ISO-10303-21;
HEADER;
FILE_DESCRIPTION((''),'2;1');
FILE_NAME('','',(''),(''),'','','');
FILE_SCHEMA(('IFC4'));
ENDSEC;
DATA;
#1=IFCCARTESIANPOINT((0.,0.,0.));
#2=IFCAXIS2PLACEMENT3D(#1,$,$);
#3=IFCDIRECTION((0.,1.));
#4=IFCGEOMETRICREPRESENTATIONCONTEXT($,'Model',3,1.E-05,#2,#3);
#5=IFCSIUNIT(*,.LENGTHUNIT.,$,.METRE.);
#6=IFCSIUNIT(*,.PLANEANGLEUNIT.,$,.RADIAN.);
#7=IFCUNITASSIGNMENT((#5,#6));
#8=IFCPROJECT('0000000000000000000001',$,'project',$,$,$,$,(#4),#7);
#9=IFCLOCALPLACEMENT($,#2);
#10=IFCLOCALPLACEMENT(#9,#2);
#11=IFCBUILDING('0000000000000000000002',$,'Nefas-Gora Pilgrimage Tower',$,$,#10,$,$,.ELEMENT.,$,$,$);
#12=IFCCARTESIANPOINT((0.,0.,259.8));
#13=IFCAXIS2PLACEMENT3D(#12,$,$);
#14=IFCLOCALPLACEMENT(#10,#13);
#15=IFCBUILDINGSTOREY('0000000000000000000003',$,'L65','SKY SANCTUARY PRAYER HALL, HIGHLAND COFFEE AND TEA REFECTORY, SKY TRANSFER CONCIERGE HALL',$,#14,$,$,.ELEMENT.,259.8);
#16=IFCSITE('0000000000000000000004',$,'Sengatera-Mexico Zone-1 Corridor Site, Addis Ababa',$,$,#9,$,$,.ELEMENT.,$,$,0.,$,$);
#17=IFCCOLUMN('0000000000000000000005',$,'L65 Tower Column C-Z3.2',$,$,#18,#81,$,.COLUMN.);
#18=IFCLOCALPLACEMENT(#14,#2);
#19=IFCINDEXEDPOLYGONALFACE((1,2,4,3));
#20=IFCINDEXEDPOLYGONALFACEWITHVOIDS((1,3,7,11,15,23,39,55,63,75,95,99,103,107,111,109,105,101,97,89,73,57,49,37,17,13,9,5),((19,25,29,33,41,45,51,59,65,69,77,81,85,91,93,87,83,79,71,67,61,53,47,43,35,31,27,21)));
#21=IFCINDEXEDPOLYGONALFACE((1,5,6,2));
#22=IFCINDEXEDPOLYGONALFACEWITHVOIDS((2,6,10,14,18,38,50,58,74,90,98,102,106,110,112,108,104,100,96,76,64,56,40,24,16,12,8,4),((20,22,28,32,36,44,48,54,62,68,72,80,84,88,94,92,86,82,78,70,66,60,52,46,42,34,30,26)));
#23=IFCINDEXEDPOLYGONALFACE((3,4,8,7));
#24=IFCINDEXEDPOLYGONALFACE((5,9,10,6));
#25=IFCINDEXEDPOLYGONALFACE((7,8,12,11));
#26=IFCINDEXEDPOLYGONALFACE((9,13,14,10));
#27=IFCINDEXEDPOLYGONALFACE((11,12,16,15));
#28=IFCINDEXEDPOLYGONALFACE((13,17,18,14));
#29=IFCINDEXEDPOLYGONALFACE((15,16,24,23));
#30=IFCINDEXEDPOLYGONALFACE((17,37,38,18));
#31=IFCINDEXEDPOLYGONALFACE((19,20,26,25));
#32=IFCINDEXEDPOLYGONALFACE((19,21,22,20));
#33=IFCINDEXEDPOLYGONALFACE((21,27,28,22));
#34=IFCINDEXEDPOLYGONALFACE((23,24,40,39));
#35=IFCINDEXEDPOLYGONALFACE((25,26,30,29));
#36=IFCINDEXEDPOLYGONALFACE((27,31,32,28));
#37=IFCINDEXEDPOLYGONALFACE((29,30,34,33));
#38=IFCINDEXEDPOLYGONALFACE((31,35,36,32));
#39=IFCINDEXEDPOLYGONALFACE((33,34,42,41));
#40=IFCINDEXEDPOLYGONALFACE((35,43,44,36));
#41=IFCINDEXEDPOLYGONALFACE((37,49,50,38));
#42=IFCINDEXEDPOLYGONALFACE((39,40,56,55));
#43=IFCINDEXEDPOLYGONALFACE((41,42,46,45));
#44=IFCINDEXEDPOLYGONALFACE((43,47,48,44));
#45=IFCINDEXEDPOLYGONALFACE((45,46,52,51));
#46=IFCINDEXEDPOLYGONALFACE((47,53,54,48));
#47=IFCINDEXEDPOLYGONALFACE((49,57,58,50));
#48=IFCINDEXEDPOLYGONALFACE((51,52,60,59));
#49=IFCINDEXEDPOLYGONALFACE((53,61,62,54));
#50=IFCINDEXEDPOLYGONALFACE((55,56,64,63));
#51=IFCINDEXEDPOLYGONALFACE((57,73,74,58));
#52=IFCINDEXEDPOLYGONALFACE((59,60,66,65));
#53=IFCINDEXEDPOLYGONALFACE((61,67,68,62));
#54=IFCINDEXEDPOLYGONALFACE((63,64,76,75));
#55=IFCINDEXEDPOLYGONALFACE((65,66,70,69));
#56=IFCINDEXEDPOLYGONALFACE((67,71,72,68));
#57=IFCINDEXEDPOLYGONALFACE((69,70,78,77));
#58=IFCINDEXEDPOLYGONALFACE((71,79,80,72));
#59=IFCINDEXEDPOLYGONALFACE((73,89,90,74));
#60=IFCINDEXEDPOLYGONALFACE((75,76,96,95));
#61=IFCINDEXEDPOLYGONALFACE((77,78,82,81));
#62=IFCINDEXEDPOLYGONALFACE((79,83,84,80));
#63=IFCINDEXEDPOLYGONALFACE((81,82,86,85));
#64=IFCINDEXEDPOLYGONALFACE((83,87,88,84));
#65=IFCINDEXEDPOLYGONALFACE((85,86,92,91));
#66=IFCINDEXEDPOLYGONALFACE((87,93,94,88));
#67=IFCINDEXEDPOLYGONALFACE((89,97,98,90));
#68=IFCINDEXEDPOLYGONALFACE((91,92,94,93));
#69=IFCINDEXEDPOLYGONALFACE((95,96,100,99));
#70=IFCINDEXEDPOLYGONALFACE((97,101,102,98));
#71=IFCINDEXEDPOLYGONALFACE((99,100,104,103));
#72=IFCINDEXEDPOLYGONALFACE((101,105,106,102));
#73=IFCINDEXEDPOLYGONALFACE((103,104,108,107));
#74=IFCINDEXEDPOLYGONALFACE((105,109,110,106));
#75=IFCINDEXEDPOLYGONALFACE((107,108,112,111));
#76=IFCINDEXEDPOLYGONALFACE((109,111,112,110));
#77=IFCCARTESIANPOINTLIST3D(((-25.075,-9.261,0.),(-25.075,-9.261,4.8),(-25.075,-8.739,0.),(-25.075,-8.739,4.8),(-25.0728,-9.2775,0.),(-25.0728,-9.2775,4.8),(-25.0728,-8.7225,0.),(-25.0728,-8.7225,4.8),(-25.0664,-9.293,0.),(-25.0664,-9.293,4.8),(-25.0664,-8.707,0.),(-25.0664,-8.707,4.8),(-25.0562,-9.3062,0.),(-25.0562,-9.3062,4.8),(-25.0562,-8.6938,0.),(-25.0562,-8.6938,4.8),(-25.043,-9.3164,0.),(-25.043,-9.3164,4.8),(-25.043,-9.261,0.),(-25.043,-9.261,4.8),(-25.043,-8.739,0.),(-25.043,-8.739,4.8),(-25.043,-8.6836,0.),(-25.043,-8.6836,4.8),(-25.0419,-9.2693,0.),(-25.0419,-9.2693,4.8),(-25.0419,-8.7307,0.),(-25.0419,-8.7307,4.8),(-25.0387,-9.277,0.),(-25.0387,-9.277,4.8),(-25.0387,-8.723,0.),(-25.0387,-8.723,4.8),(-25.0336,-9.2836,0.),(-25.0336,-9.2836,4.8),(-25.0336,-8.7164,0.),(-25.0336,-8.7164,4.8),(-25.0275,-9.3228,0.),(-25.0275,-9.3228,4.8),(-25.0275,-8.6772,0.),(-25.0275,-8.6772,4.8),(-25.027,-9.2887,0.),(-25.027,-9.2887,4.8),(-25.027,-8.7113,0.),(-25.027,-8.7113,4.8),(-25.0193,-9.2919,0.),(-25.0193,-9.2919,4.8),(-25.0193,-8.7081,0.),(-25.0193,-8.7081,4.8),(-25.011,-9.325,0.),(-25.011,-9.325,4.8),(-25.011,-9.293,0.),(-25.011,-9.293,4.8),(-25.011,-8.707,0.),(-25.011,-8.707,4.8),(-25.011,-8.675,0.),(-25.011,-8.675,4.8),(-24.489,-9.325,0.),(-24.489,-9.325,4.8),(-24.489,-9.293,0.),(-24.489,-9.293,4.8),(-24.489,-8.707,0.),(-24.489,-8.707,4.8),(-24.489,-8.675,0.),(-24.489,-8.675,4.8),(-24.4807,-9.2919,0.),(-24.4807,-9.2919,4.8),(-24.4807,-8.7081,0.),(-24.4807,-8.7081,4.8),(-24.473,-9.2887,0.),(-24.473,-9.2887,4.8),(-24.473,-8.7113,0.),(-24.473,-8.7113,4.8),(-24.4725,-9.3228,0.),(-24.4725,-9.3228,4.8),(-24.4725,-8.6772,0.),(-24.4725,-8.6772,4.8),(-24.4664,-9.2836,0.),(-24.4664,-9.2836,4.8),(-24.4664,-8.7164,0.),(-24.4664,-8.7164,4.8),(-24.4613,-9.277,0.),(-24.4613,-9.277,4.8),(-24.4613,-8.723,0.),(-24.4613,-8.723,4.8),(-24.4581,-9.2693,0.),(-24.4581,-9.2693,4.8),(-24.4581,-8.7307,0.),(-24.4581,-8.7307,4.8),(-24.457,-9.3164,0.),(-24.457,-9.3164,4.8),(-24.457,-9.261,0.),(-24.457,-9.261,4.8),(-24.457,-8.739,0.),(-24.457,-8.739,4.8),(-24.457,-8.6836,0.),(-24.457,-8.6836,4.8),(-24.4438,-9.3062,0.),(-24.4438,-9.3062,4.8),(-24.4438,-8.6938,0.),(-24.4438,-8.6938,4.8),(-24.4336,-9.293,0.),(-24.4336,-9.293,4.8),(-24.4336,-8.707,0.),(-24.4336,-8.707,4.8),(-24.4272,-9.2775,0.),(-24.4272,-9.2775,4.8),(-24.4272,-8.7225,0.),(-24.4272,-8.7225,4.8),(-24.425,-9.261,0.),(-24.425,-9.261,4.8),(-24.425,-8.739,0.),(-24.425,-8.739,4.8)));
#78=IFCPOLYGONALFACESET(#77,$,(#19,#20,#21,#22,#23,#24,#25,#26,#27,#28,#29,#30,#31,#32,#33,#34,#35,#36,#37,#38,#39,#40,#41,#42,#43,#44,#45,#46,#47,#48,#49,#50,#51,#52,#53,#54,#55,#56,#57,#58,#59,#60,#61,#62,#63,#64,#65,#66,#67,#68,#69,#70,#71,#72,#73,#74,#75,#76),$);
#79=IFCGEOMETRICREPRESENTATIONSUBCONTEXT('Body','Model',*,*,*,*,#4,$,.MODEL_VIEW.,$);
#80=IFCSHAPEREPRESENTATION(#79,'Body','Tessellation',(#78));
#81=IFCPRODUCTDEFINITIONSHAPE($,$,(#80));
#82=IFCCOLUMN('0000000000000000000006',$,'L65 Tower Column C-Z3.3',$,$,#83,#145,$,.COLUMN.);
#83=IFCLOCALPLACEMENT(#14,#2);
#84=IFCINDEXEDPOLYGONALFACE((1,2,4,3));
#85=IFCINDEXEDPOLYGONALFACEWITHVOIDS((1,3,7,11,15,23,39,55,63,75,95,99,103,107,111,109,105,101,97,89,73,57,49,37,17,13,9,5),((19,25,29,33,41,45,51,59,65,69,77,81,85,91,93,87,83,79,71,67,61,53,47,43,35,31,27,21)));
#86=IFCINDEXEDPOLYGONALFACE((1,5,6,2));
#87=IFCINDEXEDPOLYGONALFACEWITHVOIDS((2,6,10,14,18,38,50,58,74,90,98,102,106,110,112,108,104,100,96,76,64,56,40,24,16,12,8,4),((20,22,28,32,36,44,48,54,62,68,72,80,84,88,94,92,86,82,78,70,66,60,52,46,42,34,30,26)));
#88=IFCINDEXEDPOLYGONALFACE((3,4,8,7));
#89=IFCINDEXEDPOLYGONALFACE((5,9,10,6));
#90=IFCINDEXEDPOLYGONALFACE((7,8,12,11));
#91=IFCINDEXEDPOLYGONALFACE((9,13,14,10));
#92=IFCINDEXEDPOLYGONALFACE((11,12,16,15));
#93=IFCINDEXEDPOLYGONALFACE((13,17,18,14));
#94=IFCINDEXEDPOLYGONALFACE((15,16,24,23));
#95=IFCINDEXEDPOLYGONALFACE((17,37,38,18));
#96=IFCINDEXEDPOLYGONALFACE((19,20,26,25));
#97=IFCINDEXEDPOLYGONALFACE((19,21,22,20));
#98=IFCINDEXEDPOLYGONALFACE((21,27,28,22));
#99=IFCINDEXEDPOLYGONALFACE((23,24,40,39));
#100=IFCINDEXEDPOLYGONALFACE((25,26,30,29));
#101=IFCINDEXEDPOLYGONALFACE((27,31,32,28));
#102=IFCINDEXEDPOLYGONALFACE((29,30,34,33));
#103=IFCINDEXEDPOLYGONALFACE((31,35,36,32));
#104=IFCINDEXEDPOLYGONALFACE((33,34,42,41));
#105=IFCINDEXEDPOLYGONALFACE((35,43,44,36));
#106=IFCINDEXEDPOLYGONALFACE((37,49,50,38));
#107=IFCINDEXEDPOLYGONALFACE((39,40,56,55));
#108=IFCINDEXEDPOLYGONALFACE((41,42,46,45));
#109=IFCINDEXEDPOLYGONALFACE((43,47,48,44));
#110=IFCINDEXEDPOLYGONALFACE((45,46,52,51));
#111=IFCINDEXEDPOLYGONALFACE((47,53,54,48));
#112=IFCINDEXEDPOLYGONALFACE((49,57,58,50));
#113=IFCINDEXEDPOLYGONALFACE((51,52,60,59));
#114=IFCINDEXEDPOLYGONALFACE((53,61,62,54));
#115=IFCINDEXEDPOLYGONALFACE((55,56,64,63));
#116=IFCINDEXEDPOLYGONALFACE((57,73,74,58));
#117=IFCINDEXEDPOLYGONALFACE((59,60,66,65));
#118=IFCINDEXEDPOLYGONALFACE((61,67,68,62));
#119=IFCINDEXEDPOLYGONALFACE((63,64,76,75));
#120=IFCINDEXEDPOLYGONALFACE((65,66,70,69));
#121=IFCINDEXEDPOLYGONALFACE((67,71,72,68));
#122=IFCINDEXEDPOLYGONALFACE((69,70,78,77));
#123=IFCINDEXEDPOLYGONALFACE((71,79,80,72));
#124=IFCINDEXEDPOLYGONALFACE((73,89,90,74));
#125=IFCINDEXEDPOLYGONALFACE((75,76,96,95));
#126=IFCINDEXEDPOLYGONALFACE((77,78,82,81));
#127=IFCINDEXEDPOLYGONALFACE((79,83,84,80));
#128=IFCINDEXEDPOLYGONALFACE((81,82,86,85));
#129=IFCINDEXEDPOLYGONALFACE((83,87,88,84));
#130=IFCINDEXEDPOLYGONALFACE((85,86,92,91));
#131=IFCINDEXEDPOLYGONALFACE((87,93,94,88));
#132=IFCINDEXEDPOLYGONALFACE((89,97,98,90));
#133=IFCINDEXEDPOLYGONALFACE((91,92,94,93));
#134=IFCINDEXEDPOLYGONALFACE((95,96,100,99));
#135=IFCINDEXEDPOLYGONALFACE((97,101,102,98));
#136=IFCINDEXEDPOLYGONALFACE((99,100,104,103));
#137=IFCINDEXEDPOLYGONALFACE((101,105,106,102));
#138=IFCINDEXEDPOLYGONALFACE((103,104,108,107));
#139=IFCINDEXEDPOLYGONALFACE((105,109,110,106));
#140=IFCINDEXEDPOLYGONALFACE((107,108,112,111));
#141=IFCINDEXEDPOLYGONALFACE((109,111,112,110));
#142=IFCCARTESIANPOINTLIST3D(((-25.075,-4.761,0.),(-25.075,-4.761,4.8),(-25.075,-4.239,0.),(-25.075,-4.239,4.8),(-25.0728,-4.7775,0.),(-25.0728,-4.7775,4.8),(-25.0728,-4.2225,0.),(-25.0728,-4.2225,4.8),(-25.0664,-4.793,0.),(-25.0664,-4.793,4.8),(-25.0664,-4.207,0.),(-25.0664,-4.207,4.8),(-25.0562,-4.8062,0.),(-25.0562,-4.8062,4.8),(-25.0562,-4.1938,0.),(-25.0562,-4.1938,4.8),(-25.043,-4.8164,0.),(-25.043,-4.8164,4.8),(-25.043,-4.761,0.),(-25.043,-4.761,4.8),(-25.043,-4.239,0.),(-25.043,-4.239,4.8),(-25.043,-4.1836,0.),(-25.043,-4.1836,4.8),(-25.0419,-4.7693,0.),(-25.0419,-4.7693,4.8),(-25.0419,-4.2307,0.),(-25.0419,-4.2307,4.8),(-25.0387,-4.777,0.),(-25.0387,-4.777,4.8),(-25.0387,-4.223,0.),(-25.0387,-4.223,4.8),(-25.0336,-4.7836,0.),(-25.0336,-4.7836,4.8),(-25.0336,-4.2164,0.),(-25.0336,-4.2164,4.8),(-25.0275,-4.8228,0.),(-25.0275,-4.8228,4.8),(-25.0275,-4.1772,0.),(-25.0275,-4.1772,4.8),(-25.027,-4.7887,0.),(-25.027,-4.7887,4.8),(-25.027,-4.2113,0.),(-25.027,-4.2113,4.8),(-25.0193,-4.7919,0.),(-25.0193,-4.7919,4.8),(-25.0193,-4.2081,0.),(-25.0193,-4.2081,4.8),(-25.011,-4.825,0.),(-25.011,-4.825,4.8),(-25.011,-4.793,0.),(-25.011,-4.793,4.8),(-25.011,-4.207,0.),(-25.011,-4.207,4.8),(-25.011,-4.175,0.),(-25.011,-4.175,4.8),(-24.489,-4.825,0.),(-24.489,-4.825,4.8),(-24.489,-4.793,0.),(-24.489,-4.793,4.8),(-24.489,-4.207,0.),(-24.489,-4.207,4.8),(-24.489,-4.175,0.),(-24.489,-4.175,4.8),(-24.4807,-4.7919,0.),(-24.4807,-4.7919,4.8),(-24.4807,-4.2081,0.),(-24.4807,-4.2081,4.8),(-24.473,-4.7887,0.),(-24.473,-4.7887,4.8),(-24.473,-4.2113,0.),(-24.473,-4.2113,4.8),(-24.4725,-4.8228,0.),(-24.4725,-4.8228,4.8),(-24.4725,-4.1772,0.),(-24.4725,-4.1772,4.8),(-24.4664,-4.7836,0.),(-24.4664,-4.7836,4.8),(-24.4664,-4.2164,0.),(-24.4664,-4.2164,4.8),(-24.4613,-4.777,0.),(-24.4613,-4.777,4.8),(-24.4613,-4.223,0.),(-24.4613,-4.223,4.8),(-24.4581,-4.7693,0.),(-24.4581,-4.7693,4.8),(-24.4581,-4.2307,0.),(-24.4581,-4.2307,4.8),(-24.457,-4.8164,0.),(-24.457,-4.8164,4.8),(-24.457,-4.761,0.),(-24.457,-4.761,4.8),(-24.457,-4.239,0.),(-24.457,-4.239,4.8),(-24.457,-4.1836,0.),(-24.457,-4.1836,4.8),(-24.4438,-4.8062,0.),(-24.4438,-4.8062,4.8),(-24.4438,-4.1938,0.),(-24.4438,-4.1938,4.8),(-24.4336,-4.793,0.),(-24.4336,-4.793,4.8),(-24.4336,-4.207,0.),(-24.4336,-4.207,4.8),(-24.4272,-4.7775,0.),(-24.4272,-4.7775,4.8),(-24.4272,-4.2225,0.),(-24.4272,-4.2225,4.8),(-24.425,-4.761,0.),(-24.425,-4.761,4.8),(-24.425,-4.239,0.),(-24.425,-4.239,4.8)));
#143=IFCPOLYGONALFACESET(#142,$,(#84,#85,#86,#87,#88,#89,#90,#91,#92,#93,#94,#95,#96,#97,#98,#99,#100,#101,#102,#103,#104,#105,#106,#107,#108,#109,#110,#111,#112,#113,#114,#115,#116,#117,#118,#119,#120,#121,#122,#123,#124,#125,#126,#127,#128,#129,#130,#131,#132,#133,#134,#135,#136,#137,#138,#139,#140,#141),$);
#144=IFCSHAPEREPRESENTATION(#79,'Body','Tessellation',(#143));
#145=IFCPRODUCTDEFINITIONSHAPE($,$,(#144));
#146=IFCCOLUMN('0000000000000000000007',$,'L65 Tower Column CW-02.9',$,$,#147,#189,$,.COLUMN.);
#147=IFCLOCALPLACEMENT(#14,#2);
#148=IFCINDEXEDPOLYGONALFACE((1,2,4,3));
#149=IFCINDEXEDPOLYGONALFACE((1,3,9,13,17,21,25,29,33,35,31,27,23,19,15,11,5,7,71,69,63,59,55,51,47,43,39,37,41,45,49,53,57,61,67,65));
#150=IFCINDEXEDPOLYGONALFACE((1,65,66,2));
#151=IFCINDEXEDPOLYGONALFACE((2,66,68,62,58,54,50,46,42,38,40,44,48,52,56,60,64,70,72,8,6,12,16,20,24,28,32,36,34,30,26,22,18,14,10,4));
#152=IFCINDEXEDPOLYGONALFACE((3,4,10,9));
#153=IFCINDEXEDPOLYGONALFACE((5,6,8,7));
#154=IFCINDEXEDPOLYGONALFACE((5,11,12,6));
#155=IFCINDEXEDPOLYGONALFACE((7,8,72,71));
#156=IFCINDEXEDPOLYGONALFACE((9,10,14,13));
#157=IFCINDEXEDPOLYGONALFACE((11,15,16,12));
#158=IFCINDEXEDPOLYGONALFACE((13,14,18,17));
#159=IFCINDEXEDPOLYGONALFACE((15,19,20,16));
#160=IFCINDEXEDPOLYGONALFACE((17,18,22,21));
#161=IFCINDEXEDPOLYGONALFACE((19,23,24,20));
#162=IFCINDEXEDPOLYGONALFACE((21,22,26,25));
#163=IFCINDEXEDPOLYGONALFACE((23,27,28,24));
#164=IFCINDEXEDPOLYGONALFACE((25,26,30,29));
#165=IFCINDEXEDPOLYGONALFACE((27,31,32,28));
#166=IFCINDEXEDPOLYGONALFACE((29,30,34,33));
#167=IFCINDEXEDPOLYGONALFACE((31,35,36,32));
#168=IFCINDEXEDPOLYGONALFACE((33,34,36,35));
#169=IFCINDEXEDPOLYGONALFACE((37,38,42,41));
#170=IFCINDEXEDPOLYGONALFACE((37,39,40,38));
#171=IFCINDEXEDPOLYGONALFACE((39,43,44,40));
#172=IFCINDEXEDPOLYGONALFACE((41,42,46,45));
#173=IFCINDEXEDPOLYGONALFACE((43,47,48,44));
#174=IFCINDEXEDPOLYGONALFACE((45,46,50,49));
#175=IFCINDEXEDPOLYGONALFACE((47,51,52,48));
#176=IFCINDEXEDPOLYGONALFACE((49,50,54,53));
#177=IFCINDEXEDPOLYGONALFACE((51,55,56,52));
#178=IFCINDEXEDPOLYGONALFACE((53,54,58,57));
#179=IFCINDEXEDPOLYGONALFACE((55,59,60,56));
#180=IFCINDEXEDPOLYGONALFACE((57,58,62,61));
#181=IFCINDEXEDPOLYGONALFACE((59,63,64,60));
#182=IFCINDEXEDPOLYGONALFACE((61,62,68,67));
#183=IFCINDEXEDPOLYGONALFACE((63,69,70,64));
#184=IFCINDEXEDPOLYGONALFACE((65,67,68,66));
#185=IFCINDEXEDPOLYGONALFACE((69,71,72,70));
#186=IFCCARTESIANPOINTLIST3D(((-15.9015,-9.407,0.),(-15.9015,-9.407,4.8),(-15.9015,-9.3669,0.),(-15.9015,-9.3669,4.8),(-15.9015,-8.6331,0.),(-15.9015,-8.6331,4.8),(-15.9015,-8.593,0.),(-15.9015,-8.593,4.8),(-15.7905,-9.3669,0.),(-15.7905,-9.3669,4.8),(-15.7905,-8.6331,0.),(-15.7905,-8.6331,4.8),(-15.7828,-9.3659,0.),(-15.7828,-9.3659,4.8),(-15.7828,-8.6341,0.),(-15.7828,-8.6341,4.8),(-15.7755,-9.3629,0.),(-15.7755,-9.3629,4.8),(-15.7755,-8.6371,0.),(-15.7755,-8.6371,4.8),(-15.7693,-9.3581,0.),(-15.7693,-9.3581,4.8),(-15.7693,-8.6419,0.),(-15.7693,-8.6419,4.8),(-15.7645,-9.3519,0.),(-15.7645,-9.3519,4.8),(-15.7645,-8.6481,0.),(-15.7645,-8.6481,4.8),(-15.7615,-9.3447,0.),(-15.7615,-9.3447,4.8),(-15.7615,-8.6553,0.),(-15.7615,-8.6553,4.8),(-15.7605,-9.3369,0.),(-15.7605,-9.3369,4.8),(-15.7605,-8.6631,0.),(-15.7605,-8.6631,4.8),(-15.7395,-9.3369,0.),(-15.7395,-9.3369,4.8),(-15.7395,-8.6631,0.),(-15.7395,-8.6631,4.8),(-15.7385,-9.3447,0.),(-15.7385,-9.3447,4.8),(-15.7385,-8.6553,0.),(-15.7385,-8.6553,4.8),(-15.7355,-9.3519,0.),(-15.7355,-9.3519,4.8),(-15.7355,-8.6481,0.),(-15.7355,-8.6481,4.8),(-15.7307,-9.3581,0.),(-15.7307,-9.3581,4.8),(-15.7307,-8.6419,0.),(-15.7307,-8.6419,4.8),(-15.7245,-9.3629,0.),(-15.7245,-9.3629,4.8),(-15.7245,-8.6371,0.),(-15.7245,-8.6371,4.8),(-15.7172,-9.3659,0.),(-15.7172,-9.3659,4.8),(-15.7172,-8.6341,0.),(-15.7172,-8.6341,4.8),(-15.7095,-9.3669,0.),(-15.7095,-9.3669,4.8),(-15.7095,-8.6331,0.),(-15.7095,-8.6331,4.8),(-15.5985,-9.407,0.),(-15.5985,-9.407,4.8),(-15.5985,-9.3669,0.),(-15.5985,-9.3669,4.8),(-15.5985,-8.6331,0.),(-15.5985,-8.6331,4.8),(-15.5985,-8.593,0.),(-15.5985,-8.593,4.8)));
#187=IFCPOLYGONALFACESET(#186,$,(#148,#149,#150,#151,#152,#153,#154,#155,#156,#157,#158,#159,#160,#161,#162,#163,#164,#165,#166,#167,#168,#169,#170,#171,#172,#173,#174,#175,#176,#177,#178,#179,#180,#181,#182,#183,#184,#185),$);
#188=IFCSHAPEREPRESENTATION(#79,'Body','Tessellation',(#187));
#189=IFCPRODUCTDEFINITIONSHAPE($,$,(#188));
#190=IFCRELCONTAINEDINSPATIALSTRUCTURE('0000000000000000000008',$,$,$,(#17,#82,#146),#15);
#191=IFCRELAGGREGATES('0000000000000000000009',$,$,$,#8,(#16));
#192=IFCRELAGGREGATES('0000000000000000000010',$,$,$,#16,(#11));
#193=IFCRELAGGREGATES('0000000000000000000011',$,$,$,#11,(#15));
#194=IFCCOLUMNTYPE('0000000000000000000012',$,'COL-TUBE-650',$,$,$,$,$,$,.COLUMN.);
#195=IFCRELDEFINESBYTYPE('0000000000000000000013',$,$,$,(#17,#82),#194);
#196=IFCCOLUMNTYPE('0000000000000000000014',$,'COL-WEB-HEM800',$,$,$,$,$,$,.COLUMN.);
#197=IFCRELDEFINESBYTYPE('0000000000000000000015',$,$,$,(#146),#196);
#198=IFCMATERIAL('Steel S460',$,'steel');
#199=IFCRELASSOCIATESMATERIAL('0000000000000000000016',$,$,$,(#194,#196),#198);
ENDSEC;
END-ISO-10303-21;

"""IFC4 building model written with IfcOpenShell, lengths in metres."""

from ifc_helpers import new_model, si_unit, direction, frame, origin, origin_2d, place, context, subcontext, project, spatial, hollow_rectangle, i_section, extrude, source, transform, mapped, material, material_profile, profile_set, type_object, element, save


model = new_model("IFC4")

# Units and contexts
model_context = context("Model", 3, precision=1e-05, world=origin(), true_north=direction((0.0, 1.0)))
body_context = subcontext(model_context, "Body", "Model", "MODEL_VIEW")
ifc_project = project(units=[si_unit("LENGTHUNIT", "METRE"), si_unit("PLANEANGLEUNIT", "RADIAN")], contexts=[model_context])

# Site, building, storey
site_placement = place(None, origin())
site = spatial("IfcSite", under=ifc_project, at=site_placement, Name="Sengatera-Mexico Zone-1 Corridor Site, Addis Ababa", CompositionType="ELEMENT", RefElevation=0.0)
building_placement = place(site_placement, origin())
building = spatial("IfcBuilding", under=site, at=building_placement, Name="Nefas-Gora Pilgrimage Tower", CompositionType="ELEMENT")
storey_placement = place(building_placement, frame((0.0, 0.0, 259.8)))
storey = spatial("IfcBuildingStorey", under=building, at=storey_placement, Name="L65", Description="SKY SANCTUARY PRAYER HALL, HIGHLAND COFFEE AND TEA REFECTORY, SKY TRANSFER CONCIERGE HALL", CompositionType="ELEMENT", Elevation=259.8)

# Columns
ifc_material_1 = material(Name="Steel S460", Category="steel")
ifc_material_profile_1 = material_profile(ifc_material_1, hollow_rectangle(XDim=0.6499, YDim=0.6499, WallThickness=0.032, InnerFilletRadius=0.032, OuterFilletRadius=0.064, at=origin_2d()), Name="BOX 650x650x32")
ifc_profile_set_1 = profile_set([ifc_material_profile_1], Name="Steel S460")
column_type_1 = type_object("IfcColumnType", Name="COL-TUBE-650", PredefinedType="COLUMN", material=ifc_profile_set_1)
shared_shape_1 = source(origin(), body_context, "Body", "SweptSolid", [
    extrude(hollow_rectangle(XDim=0.6499, YDim=0.6499, WallThickness=0.032, InnerFilletRadius=0.032, OuterFilletRadius=0.064, at=origin_2d()), origin(), (0.0, 0.0, 1.0), 4.8),
])
for number, where, z_axis, x_axis, name in (
    (1, (-24.75, -9.0, 0.0), (0.0, 0.0, 1.0), (1.0, 0.0, 0.0), "L65 Tower Column C-Z3.2"),
    (2, (-24.75, -4.5, 0.0), (0.0, 0.0, 1.0), (1.0, 0.0, 0.0), "L65 Tower Column C-Z3.3"),
):
    element("IfcColumn", number, at=place(storey_placement, frame(where, z_axis=z_axis, x_axis=x_axis)), inside=storey, type_object=column_type_1, Name=name, PredefinedType="COLUMN", context=body_context, shape_type="MappedRepresentation", body=[
        mapped(shared_shape_1, transform((0.0, 0.0, 0.0), x_axis=(1.0, 0.0, 0.0), y_axis=(0.0, 1.0, 0.0), z_axis=(0.0, 0.0, 1.0), scale=1.0)),
    ])
ifc_material_profile_2 = material_profile(ifc_material_1, i_section(OverallWidth=0.303, OverallDepth=0.814, WebThickness=0.021, FlangeThickness=0.04, FilletRadius=0.03, at=origin_2d()), Name="HEM 800")
ifc_profile_set_2 = profile_set([ifc_material_profile_2], Name="Steel S460")
column_type_2 = type_object("IfcColumnType", Name="COL-WEB-HEM800", PredefinedType="COLUMN", material=ifc_profile_set_2)
shared_shape_2 = source(origin(), body_context, "Body", "SweptSolid", [
    extrude(i_section(OverallWidth=0.303, OverallDepth=0.814, WebThickness=0.021, FlangeThickness=0.04, FilletRadius=0.03, at=origin_2d()), origin(), (0.0, 0.0, 1.0), 4.8),
])
for number, where, z_axis, x_axis, name in (
    (3, (-15.75, -9.0, 0.0), (0.0, 0.0, 1.0), (1.0, 0.0, 0.0), "L65 Tower Column CW-02.9"),
):
    element("IfcColumn", number, at=place(storey_placement, frame(where, z_axis=z_axis, x_axis=x_axis)), inside=storey, type_object=column_type_2, Name=name, PredefinedType="COLUMN", context=body_context, shape_type="MappedRepresentation", body=[
        mapped(shared_shape_2, transform((0.0, 0.0, 0.0), x_axis=(1.0, 0.0, 0.0), y_axis=(0.0, 1.0, 0.0), z_axis=(0.0, 0.0, 1.0), scale=1.0)),
    ])

save(model, "model.ifc")
